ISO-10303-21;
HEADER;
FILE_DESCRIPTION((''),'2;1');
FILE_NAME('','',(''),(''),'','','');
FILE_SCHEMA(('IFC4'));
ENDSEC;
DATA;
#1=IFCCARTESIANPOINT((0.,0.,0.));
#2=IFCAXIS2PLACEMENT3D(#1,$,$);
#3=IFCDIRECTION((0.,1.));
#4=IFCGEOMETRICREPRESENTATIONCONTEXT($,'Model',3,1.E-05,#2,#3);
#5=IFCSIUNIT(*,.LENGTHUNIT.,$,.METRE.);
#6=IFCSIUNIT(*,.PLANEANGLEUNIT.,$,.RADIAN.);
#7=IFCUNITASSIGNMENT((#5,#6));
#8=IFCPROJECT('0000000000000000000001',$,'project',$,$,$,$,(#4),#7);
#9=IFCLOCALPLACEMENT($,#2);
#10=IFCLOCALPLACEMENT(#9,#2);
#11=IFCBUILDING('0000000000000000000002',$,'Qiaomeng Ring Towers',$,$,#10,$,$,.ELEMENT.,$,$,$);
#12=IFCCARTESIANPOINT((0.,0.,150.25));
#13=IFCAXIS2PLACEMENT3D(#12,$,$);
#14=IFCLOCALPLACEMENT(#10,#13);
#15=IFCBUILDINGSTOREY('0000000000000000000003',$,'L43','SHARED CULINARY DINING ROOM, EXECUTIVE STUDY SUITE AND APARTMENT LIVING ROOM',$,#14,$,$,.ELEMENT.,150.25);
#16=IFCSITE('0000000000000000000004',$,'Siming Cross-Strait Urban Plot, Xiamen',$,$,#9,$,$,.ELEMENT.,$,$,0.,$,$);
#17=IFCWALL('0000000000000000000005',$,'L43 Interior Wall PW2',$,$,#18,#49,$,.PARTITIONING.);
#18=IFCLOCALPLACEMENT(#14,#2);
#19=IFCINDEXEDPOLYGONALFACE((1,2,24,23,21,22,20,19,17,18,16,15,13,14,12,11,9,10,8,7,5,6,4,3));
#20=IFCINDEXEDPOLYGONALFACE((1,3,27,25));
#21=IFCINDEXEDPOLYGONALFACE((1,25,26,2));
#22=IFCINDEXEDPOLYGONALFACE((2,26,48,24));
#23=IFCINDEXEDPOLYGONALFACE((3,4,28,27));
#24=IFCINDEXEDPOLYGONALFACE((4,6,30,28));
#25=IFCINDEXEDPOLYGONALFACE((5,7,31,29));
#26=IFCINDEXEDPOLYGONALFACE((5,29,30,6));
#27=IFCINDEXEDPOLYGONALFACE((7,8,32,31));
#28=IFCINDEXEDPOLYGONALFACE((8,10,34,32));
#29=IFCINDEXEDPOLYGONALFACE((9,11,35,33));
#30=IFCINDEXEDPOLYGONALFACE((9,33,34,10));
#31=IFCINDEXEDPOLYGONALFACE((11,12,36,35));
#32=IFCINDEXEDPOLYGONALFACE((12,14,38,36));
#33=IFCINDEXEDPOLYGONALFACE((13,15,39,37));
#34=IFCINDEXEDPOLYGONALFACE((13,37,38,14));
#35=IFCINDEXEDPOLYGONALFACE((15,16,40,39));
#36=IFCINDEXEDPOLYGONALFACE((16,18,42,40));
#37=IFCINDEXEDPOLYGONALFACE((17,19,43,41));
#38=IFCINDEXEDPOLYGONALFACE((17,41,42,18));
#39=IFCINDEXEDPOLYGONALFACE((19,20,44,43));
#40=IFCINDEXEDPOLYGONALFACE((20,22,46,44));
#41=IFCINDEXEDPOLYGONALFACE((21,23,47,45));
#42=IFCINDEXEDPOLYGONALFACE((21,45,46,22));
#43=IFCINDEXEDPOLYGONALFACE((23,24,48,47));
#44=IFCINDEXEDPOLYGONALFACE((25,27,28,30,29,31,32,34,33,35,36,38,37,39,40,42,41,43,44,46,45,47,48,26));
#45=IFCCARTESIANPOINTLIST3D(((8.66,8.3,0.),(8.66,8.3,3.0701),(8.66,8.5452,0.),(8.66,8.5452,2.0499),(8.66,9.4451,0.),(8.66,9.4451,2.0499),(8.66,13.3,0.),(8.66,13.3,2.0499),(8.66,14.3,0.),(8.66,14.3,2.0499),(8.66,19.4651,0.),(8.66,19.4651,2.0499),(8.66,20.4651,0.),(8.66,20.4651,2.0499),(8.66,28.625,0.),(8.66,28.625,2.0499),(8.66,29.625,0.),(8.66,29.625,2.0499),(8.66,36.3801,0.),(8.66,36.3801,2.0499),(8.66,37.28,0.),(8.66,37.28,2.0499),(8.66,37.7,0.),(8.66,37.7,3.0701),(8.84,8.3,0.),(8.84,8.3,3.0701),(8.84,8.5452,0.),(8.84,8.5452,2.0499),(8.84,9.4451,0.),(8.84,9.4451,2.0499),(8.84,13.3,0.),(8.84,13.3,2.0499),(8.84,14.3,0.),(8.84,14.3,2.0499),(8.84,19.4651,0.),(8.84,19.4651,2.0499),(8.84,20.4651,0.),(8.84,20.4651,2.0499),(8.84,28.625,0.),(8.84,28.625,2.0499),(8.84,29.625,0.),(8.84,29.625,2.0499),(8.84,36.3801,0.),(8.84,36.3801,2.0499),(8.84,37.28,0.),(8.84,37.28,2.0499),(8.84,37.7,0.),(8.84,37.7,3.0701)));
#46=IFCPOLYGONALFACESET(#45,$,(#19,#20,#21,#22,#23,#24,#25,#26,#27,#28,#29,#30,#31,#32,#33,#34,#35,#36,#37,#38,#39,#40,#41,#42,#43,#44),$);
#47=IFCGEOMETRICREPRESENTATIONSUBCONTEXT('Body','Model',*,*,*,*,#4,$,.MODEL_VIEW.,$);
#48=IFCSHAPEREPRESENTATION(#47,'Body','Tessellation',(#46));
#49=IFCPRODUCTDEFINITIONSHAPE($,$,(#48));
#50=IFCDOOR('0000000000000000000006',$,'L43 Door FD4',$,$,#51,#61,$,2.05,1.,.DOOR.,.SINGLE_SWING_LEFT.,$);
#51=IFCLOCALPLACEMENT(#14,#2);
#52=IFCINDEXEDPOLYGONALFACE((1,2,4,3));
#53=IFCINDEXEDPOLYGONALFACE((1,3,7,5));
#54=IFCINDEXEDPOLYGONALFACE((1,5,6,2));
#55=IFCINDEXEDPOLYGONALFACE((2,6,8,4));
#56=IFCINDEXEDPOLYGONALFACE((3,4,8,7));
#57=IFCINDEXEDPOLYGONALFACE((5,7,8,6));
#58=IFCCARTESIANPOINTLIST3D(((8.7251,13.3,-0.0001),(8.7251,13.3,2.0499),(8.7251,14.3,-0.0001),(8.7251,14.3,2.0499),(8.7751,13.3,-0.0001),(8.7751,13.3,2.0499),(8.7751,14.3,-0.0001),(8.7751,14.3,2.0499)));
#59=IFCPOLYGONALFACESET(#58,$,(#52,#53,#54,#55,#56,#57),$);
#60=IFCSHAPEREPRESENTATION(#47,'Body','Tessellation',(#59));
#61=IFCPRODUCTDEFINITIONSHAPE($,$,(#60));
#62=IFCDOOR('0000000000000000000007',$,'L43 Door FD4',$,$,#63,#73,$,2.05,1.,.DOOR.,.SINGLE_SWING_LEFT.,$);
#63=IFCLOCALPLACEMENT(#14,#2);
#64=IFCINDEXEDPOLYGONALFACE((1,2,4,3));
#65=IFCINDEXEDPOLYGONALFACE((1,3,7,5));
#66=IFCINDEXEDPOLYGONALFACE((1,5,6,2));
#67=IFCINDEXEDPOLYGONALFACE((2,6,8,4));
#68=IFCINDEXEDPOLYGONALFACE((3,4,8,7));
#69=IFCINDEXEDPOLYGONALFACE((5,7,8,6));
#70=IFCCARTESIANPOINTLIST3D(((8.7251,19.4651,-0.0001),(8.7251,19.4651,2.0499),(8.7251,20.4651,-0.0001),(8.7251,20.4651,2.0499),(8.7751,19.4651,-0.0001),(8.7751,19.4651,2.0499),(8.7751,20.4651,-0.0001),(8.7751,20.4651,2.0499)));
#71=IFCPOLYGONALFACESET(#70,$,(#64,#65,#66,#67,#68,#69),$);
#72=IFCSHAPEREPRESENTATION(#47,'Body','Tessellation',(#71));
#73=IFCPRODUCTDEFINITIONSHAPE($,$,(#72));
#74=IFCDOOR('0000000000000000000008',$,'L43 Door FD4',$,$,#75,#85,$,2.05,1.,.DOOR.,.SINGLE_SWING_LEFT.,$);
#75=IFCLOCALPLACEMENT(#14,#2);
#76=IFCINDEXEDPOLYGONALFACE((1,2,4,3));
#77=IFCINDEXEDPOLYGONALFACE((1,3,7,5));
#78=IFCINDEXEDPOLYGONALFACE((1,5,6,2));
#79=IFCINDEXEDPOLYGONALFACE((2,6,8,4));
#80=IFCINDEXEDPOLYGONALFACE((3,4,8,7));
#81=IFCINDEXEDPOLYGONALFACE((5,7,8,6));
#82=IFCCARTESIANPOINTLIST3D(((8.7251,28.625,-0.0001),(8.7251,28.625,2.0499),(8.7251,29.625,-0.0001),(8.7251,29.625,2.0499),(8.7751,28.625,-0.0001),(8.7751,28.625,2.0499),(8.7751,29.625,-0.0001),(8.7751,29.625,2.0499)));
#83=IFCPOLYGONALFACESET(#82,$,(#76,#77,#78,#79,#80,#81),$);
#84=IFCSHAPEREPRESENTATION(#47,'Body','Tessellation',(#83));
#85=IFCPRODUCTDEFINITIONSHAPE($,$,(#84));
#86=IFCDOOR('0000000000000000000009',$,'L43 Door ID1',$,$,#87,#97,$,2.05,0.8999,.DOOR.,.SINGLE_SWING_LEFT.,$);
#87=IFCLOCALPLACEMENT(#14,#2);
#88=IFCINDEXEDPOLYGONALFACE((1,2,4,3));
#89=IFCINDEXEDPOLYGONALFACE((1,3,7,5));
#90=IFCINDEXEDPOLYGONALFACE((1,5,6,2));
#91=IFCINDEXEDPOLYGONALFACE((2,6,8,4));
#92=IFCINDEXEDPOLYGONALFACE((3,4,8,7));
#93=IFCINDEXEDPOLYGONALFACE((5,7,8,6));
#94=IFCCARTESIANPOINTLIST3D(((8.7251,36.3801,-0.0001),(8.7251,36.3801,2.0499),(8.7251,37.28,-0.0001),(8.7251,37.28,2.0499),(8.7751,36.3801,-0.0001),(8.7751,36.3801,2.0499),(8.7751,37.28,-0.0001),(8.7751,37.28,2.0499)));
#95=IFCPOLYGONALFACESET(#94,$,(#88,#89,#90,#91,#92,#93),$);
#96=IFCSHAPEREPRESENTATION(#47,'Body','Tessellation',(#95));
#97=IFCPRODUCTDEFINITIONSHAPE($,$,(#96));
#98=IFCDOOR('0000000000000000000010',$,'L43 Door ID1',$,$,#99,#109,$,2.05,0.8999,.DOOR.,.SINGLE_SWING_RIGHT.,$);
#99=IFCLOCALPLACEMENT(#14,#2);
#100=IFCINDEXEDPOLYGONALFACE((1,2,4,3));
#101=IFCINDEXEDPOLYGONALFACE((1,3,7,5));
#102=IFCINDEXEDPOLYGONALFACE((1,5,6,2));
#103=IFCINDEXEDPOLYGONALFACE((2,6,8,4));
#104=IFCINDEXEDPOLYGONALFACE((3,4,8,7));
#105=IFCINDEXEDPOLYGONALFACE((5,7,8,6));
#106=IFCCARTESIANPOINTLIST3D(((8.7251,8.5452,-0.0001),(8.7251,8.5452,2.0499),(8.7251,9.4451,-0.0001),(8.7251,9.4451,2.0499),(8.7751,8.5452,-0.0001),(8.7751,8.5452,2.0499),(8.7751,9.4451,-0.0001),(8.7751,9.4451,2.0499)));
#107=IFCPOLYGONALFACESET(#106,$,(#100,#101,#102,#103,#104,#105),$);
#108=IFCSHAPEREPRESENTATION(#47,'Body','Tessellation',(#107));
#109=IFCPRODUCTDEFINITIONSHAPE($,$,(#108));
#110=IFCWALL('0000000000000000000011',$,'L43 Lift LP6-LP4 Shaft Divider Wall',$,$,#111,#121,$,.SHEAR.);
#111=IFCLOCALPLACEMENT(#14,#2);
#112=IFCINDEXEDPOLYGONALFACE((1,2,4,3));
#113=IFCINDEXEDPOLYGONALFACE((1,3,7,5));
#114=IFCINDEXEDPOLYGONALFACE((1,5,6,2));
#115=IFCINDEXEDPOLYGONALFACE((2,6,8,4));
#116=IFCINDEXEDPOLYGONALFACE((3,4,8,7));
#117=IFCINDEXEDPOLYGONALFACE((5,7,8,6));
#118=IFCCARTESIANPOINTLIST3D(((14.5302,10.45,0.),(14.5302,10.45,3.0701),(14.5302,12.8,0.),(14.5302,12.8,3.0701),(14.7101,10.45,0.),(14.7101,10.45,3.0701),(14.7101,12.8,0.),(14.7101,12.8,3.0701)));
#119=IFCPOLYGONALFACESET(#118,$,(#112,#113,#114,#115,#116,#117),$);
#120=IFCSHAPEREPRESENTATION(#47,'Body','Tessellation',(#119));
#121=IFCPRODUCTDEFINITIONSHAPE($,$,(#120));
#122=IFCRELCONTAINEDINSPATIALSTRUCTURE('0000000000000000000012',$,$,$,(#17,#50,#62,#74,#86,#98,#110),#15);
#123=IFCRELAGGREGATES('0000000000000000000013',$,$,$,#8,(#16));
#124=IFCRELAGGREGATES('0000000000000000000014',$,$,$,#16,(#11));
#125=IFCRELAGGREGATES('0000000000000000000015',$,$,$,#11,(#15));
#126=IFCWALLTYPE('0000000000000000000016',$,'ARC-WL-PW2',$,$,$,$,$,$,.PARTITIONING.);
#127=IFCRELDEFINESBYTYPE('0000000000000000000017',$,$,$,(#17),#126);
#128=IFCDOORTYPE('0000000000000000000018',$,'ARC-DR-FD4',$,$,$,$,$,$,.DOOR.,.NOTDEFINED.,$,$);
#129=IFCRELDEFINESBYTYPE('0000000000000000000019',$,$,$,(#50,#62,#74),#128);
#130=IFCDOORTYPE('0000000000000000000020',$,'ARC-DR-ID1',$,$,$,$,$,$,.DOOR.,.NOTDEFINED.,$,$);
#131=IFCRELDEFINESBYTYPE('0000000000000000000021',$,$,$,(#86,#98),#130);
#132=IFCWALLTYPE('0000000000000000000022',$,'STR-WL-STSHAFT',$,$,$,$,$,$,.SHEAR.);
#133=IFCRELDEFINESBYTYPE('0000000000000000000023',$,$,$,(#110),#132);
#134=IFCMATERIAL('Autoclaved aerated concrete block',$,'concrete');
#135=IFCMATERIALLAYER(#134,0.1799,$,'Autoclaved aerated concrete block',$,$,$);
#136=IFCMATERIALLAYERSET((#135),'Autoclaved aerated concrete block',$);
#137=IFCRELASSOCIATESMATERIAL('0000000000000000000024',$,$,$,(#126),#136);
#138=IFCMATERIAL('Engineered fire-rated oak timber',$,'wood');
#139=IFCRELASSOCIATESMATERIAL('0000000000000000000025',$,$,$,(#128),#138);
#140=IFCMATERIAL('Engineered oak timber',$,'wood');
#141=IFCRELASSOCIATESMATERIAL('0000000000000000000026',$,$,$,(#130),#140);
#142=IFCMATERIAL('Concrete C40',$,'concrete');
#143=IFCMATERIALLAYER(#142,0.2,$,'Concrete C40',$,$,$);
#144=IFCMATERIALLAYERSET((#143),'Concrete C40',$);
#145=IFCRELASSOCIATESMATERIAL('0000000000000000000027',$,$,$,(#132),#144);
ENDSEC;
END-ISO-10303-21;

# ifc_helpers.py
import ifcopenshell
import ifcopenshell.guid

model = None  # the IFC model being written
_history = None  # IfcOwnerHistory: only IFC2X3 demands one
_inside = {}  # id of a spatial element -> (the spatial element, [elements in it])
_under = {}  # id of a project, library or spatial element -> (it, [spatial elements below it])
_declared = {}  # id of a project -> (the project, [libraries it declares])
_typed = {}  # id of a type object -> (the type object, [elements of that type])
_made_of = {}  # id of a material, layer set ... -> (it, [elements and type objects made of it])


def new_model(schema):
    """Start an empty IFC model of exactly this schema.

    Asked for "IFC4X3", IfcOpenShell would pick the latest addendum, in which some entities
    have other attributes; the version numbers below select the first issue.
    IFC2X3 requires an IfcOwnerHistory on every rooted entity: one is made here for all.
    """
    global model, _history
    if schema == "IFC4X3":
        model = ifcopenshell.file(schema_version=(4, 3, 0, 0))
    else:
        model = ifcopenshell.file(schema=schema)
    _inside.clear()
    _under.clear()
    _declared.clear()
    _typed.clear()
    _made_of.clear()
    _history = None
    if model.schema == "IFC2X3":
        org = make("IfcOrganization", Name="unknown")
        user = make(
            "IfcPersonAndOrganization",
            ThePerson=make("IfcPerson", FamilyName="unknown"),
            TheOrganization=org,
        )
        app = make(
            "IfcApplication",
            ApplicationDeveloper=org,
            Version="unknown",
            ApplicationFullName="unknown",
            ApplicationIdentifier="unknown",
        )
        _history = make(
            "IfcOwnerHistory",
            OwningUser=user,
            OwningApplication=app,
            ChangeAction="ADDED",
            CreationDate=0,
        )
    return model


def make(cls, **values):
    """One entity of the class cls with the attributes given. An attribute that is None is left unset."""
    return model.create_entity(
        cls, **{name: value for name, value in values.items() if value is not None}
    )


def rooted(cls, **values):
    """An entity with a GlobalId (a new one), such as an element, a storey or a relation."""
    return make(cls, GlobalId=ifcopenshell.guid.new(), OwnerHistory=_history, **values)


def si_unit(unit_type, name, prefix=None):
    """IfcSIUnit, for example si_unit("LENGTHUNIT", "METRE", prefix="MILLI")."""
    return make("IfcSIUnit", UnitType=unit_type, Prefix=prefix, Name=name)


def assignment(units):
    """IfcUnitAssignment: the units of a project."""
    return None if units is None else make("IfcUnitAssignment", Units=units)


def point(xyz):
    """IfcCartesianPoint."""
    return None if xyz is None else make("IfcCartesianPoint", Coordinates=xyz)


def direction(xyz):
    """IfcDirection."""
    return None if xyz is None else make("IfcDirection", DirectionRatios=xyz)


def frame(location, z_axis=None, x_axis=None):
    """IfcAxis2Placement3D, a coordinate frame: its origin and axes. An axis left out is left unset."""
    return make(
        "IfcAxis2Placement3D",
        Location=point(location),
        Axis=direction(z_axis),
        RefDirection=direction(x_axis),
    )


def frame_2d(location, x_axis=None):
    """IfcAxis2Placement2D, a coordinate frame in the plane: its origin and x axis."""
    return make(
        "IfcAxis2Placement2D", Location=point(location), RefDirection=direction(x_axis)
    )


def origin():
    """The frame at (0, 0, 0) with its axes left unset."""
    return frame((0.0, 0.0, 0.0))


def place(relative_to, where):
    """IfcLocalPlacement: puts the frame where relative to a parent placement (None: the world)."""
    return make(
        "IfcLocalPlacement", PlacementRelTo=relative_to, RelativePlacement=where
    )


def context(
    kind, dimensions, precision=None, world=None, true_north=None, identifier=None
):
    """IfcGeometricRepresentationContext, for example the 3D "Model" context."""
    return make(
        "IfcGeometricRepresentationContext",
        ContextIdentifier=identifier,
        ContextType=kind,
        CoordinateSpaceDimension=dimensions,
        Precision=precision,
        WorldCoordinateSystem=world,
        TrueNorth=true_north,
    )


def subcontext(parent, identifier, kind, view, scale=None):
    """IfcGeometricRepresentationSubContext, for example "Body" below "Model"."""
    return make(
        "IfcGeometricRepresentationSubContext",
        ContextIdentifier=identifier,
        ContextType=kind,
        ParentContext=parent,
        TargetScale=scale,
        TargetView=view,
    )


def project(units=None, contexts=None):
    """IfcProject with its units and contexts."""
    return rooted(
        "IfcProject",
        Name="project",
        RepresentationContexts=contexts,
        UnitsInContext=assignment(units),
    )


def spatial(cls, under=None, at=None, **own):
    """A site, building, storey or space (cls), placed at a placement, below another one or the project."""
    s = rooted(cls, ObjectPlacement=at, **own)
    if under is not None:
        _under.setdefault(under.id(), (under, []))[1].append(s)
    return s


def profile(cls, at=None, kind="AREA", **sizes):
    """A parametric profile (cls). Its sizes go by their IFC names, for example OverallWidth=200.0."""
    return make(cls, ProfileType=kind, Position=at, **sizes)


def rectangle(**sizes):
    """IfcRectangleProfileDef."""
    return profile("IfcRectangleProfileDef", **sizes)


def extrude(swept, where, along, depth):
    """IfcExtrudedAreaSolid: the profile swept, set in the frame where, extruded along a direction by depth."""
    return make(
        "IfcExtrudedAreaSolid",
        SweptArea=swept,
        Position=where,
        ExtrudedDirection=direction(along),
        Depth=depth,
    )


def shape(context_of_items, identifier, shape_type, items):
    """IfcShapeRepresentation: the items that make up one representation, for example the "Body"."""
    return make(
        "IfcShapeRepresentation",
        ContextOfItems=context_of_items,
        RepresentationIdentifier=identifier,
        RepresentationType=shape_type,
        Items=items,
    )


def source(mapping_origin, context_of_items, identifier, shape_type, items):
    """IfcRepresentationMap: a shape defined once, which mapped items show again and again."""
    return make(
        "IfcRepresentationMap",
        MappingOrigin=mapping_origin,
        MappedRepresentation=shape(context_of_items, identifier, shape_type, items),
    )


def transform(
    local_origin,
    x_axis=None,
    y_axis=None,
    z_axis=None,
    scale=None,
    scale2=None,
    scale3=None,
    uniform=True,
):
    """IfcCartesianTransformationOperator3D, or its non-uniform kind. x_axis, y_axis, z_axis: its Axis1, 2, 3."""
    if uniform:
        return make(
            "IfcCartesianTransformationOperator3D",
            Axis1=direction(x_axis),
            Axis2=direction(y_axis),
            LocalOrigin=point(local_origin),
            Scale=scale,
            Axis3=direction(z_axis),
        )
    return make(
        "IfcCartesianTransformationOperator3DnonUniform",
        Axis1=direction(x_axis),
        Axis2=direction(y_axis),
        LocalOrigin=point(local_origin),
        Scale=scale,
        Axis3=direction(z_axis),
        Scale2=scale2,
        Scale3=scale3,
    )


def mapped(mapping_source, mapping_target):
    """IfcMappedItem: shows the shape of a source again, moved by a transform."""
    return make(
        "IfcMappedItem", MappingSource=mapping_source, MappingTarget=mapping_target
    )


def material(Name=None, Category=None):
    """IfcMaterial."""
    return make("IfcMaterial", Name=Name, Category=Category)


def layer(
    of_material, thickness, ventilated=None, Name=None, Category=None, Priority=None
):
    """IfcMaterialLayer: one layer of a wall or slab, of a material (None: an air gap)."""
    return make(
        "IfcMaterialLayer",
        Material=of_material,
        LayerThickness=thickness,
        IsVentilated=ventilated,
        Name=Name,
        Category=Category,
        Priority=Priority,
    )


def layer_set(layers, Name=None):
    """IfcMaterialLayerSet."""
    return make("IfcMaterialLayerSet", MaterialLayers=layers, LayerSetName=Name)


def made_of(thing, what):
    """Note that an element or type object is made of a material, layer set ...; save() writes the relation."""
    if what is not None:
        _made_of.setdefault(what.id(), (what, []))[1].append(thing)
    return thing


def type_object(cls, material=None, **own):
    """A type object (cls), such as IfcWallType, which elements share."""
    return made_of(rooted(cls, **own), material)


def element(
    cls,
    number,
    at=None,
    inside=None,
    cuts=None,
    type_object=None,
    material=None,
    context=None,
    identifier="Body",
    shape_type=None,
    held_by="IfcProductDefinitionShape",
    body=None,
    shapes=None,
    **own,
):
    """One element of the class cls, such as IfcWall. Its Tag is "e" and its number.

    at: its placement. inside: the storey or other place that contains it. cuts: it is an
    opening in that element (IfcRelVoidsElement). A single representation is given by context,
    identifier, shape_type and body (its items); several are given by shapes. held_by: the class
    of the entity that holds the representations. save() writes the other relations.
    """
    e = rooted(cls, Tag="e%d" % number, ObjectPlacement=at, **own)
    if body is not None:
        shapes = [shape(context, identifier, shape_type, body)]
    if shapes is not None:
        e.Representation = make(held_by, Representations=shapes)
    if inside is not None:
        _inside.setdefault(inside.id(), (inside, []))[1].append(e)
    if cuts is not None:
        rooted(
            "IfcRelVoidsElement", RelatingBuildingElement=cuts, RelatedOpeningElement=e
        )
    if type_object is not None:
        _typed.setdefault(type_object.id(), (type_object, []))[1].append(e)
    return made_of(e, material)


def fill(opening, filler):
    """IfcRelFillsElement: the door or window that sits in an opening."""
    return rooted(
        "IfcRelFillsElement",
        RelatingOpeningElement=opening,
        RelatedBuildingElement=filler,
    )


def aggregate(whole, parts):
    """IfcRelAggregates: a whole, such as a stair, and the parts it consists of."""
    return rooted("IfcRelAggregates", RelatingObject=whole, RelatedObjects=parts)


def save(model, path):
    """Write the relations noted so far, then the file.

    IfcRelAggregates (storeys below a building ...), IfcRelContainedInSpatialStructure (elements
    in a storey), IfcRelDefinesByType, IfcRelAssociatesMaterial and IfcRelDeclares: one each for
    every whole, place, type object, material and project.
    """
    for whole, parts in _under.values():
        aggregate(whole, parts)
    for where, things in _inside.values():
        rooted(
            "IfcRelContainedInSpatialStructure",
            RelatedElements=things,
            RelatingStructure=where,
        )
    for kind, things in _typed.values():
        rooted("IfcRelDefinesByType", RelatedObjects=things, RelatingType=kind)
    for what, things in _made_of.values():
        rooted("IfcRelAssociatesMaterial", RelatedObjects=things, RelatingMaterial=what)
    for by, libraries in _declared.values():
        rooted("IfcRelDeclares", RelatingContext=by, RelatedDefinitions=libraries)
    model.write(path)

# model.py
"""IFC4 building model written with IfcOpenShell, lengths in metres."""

from ifc_helpers import new_model, si_unit, direction, frame, frame_2d, origin, place, context, subcontext, project, spatial, rectangle, extrude, source, transform, mapped, material, layer, layer_set, type_object, element, fill, save


model = new_model("IFC4")

# Units and contexts
model_context = context("Model", 3, precision=1e-05, world=origin(), true_north=direction((0.0, 1.0)))
body_context = subcontext(model_context, "Body", "Model", "MODEL_VIEW")
ifc_project = project(units=[si_unit("LENGTHUNIT", "METRE"), si_unit("PLANEANGLEUNIT", "RADIAN")], contexts=[model_context])

# Site, building, storey
site_placement = place(None, origin())
site = spatial("IfcSite", under=ifc_project, at=site_placement, Name="Siming Cross-Strait Urban Plot, Xiamen", CompositionType="ELEMENT", RefElevation=0.0)
building_placement = place(site_placement, origin())
building = spatial("IfcBuilding", under=site, at=building_placement, Name="Qiaomeng Ring Towers", CompositionType="ELEMENT")
storey_placement = place(building_placement, frame((0.0, 0.0, 150.25)))
storey = spatial("IfcBuildingStorey", under=building, at=storey_placement, Name="L43", Description="SHARED CULINARY DINING ROOM, EXECUTIVE STUDY SUITE AND APARTMENT LIVING ROOM", CompositionType="ELEMENT", Elevation=150.25)

# Shared definitions
ifc_material_1 = material(Name="Autoclaved aerated concrete block", Category="concrete")

# Wall, openings, doors
ifc_layer_1 = layer(ifc_material_1, 0.1799, Name="Autoclaved aerated concrete block")
ifc_layer_set_1 = layer_set([ifc_layer_1], Name="Autoclaved aerated concrete block")
wall_type_1 = type_object("IfcWallType", Name="ARC-WL-PW2", PredefinedType="PARTITIONING", material=ifc_layer_set_1)
ifc_material_2 = material(Name="Engineered fire-rated oak timber", Category="wood")
door_type_1 = type_object("IfcDoorType", Name="ARC-DR-FD4", OperationType="NOTDEFINED", PredefinedType="DOOR", material=ifc_material_2)
shared_shape_1 = source(origin(), body_context, "Body", "SweptSolid", [
    extrude(rectangle(XDim=1.0, YDim=2.05, at=frame_2d((0.5, 1.0249))), frame((0.0, 0.0249, 0.0), z_axis=(0.0, -1.0, 0.0), x_axis=(1.0, 0.0, 0.0)), (0.0, 0.0, 1.0), 0.05),
])
wall_1_placement = place(storey_placement, frame((8.75, 8.3, 0.0), z_axis=(0.0, 0.0, 1.0), x_axis=(0.0, 1.0, 0.0)))
wall_1 = element("IfcWall", 1, at=wall_1_placement, inside=storey, type_object=wall_type_1, Name="L43 Interior Wall PW2", PredefinedType="PARTITIONING", context=body_context, shape_type="SweptSolid", body=[
    extrude(rectangle(XDim=29.3999, YDim=0.1799, at=frame_2d((14.7, 0.0))), origin(), (0.0, 0.0, 1.0), 3.0701),
])
opening_1_placement = place(wall_1_placement, frame((28.0801, 0.0, 0.0)))
opening_1 = element("IfcOpeningElement", 2, at=opening_1_placement, cuts=wall_1, PredefinedType="OPENING", context=body_context, shape_type="SweptSolid", body=[
    extrude(rectangle(XDim=0.8999, YDim=2.05, at=frame_2d((0.45, 1.0249))), frame((0.0, 0.0999, 0.0), z_axis=(0.0, -1.0, 0.0), x_axis=(1.0, 0.0, 0.0)), (0.0, 0.0, 1.0), 0.2),
])
opening_2_placement = place(wall_1_placement, frame((0.2451, 0.0, 0.0)))
opening_2 = element("IfcOpeningElement", 3, at=opening_2_placement, cuts=wall_1, PredefinedType="OPENING", context=body_context, shape_type="SweptSolid", body=[
    extrude(rectangle(XDim=0.8999, YDim=2.05, at=frame_2d((0.45, 1.0249))), frame((0.0, 0.0999, 0.0), z_axis=(0.0, -1.0, 0.0), x_axis=(1.0, 0.0, 0.0)), (0.0, 0.0, 1.0), 0.2),
])
opening_3_placement = place(wall_1_placement, frame((5.0, 0.0, 0.0)))
opening_3 = element("IfcOpeningElement", 4, at=opening_3_placement, cuts=wall_1, PredefinedType="OPENING", context=body_context, shape_type="SweptSolid", body=[
    extrude(rectangle(XDim=1.0, YDim=2.05, at=frame_2d((0.5, 1.0249))), frame((0.0, 0.0999, 0.0), z_axis=(0.0, -1.0, 0.0), x_axis=(1.0, 0.0, 0.0)), (0.0, 0.0, 1.0), 0.2),
])
opening_4_placement = place(wall_1_placement, frame((11.165, 0.0, 0.0)))
opening_4 = element("IfcOpeningElement", 5, at=opening_4_placement, cuts=wall_1, PredefinedType="OPENING", context=body_context, shape_type="SweptSolid", body=[
    extrude(rectangle(XDim=1.0, YDim=2.05, at=frame_2d((0.5, 1.0249))), frame((0.0, 0.0999, 0.0), z_axis=(0.0, -1.0, 0.0), x_axis=(1.0, 0.0, 0.0)), (0.0, 0.0, 1.0), 0.2),
])
opening_5_placement = place(wall_1_placement, frame((20.325, 0.0, 0.0)))
opening_5 = element("IfcOpeningElement", 6, at=opening_5_placement, cuts=wall_1, PredefinedType="OPENING", context=body_context, shape_type="SweptSolid", body=[
    extrude(rectangle(XDim=1.0, YDim=2.05, at=frame_2d((0.5, 1.0249))), frame((0.0, 0.0999, 0.0), z_axis=(0.0, -1.0, 0.0), x_axis=(1.0, 0.0, 0.0)), (0.0, 0.0, 1.0), 0.2),
])
door_1_placement = place(opening_3_placement, origin())
door_1 = element("IfcDoor", 7, at=door_1_placement, inside=storey, type_object=door_type_1, Name="L43 Door FD4", OperationType="SINGLE_SWING_LEFT", OverallHeight=2.05, OverallWidth=1.0, PredefinedType="DOOR", context=body_context, shape_type="MappedRepresentation", body=[
    mapped(shared_shape_1, transform((0.0, 0.0, 0.0), x_axis=(1.0, 0.0, 0.0), y_axis=(0.0, 1.0, 0.0), z_axis=(0.0, 0.0, 1.0), scale=1.0)),
])
fill(opening_3, door_1)
door_2_placement = place(opening_4_placement, origin())
door_2 = element("IfcDoor", 8, at=door_2_placement, inside=storey, type_object=door_type_1, Name="L43 Door FD4", OperationType="SINGLE_SWING_LEFT", OverallHeight=2.05, OverallWidth=1.0, PredefinedType="DOOR", context=body_context, shape_type="MappedRepresentation", body=[
    mapped(shared_shape_1, transform((0.0, 0.0, 0.0), x_axis=(1.0, 0.0, 0.0), y_axis=(0.0, 1.0, 0.0), z_axis=(0.0, 0.0, 1.0), scale=1.0)),
])
fill(opening_4, door_2)
door_3_placement = place(opening_5_placement, origin())
door_3 = element("IfcDoor", 9, at=door_3_placement, inside=storey, type_object=door_type_1, Name="L43 Door FD4", OperationType="SINGLE_SWING_LEFT", OverallHeight=2.05, OverallWidth=1.0, PredefinedType="DOOR", context=body_context, shape_type="MappedRepresentation", body=[
    mapped(shared_shape_1, transform((0.0, 0.0, 0.0), x_axis=(1.0, 0.0, 0.0), y_axis=(0.0, 1.0, 0.0), z_axis=(0.0, 0.0, 1.0), scale=1.0)),
])
fill(opening_5, door_3)
ifc_material_3 = material(Name="Engineered oak timber", Category="wood")
door_type_2 = type_object("IfcDoorType", Name="ARC-DR-ID1", OperationType="NOTDEFINED", PredefinedType="DOOR", material=ifc_material_3)
shared_shape_2 = source(origin(), body_context, "Body", "SweptSolid", [
    extrude(rectangle(XDim=0.8999, YDim=2.05, at=frame_2d((0.45, 1.0249))), frame((0.0, 0.0249, 0.0), z_axis=(0.0, -1.0, 0.0), x_axis=(1.0, 0.0, 0.0)), (0.0, 0.0, 1.0), 0.05),
])
door_4_placement = place(opening_1_placement, origin())
door_4 = element("IfcDoor", 10, at=door_4_placement, inside=storey, type_object=door_type_2, Name="L43 Door ID1", OperationType="SINGLE_SWING_LEFT", OverallHeight=2.05, OverallWidth=0.8999, PredefinedType="DOOR", context=body_context, shape_type="MappedRepresentation", body=[
    mapped(shared_shape_2, transform((0.0, 0.0, 0.0), x_axis=(1.0, 0.0, 0.0), y_axis=(0.0, 1.0, 0.0), z_axis=(0.0, 0.0, 1.0), scale=1.0)),
])
fill(opening_1, door_4)
door_5_placement = place(opening_2_placement, origin())
door_5 = element("IfcDoor", 11, at=door_5_placement, inside=storey, type_object=door_type_2, Name="L43 Door ID1", OperationType="SINGLE_SWING_RIGHT", OverallHeight=2.05, OverallWidth=0.8999, PredefinedType="DOOR", context=body_context, shape_type="MappedRepresentation", body=[
    mapped(shared_shape_2, transform((0.0, 0.0, 0.0), x_axis=(1.0, 0.0, 0.0), y_axis=(0.0, 1.0, 0.0), z_axis=(0.0, 0.0, 1.0), scale=1.0)),
])
fill(opening_2, door_5)

# Wall
ifc_material_4 = material(Name="Concrete C40", Category="concrete")
ifc_layer_2 = layer(ifc_material_4, 0.2, Name="Concrete C40")
ifc_layer_set_2 = layer_set([ifc_layer_2], Name="Concrete C40")
wall_type_2 = type_object("IfcWallType", Name="STR-WL-STSHAFT", PredefinedType="SHEAR", material=ifc_layer_set_2)
wall_2_placement = place(storey_placement, frame((14.6201, 10.45, 0.0), z_axis=(0.0, 0.0, 1.0), x_axis=(0.0, 1.0, 0.0)))
element("IfcWall", 12, at=wall_2_placement, inside=storey, type_object=wall_type_2, Name="L43 Lift LP6-LP4 Shaft Divider Wall", PredefinedType="SHEAR", context=body_context, shape_type="SweptSolid", body=[
    extrude(rectangle(XDim=2.3501, YDim=0.1799, at=frame_2d((1.175, 0.0))), origin(), (0.0, 0.0, 1.0), 3.0701),
])

save(model, "model.ifc")
